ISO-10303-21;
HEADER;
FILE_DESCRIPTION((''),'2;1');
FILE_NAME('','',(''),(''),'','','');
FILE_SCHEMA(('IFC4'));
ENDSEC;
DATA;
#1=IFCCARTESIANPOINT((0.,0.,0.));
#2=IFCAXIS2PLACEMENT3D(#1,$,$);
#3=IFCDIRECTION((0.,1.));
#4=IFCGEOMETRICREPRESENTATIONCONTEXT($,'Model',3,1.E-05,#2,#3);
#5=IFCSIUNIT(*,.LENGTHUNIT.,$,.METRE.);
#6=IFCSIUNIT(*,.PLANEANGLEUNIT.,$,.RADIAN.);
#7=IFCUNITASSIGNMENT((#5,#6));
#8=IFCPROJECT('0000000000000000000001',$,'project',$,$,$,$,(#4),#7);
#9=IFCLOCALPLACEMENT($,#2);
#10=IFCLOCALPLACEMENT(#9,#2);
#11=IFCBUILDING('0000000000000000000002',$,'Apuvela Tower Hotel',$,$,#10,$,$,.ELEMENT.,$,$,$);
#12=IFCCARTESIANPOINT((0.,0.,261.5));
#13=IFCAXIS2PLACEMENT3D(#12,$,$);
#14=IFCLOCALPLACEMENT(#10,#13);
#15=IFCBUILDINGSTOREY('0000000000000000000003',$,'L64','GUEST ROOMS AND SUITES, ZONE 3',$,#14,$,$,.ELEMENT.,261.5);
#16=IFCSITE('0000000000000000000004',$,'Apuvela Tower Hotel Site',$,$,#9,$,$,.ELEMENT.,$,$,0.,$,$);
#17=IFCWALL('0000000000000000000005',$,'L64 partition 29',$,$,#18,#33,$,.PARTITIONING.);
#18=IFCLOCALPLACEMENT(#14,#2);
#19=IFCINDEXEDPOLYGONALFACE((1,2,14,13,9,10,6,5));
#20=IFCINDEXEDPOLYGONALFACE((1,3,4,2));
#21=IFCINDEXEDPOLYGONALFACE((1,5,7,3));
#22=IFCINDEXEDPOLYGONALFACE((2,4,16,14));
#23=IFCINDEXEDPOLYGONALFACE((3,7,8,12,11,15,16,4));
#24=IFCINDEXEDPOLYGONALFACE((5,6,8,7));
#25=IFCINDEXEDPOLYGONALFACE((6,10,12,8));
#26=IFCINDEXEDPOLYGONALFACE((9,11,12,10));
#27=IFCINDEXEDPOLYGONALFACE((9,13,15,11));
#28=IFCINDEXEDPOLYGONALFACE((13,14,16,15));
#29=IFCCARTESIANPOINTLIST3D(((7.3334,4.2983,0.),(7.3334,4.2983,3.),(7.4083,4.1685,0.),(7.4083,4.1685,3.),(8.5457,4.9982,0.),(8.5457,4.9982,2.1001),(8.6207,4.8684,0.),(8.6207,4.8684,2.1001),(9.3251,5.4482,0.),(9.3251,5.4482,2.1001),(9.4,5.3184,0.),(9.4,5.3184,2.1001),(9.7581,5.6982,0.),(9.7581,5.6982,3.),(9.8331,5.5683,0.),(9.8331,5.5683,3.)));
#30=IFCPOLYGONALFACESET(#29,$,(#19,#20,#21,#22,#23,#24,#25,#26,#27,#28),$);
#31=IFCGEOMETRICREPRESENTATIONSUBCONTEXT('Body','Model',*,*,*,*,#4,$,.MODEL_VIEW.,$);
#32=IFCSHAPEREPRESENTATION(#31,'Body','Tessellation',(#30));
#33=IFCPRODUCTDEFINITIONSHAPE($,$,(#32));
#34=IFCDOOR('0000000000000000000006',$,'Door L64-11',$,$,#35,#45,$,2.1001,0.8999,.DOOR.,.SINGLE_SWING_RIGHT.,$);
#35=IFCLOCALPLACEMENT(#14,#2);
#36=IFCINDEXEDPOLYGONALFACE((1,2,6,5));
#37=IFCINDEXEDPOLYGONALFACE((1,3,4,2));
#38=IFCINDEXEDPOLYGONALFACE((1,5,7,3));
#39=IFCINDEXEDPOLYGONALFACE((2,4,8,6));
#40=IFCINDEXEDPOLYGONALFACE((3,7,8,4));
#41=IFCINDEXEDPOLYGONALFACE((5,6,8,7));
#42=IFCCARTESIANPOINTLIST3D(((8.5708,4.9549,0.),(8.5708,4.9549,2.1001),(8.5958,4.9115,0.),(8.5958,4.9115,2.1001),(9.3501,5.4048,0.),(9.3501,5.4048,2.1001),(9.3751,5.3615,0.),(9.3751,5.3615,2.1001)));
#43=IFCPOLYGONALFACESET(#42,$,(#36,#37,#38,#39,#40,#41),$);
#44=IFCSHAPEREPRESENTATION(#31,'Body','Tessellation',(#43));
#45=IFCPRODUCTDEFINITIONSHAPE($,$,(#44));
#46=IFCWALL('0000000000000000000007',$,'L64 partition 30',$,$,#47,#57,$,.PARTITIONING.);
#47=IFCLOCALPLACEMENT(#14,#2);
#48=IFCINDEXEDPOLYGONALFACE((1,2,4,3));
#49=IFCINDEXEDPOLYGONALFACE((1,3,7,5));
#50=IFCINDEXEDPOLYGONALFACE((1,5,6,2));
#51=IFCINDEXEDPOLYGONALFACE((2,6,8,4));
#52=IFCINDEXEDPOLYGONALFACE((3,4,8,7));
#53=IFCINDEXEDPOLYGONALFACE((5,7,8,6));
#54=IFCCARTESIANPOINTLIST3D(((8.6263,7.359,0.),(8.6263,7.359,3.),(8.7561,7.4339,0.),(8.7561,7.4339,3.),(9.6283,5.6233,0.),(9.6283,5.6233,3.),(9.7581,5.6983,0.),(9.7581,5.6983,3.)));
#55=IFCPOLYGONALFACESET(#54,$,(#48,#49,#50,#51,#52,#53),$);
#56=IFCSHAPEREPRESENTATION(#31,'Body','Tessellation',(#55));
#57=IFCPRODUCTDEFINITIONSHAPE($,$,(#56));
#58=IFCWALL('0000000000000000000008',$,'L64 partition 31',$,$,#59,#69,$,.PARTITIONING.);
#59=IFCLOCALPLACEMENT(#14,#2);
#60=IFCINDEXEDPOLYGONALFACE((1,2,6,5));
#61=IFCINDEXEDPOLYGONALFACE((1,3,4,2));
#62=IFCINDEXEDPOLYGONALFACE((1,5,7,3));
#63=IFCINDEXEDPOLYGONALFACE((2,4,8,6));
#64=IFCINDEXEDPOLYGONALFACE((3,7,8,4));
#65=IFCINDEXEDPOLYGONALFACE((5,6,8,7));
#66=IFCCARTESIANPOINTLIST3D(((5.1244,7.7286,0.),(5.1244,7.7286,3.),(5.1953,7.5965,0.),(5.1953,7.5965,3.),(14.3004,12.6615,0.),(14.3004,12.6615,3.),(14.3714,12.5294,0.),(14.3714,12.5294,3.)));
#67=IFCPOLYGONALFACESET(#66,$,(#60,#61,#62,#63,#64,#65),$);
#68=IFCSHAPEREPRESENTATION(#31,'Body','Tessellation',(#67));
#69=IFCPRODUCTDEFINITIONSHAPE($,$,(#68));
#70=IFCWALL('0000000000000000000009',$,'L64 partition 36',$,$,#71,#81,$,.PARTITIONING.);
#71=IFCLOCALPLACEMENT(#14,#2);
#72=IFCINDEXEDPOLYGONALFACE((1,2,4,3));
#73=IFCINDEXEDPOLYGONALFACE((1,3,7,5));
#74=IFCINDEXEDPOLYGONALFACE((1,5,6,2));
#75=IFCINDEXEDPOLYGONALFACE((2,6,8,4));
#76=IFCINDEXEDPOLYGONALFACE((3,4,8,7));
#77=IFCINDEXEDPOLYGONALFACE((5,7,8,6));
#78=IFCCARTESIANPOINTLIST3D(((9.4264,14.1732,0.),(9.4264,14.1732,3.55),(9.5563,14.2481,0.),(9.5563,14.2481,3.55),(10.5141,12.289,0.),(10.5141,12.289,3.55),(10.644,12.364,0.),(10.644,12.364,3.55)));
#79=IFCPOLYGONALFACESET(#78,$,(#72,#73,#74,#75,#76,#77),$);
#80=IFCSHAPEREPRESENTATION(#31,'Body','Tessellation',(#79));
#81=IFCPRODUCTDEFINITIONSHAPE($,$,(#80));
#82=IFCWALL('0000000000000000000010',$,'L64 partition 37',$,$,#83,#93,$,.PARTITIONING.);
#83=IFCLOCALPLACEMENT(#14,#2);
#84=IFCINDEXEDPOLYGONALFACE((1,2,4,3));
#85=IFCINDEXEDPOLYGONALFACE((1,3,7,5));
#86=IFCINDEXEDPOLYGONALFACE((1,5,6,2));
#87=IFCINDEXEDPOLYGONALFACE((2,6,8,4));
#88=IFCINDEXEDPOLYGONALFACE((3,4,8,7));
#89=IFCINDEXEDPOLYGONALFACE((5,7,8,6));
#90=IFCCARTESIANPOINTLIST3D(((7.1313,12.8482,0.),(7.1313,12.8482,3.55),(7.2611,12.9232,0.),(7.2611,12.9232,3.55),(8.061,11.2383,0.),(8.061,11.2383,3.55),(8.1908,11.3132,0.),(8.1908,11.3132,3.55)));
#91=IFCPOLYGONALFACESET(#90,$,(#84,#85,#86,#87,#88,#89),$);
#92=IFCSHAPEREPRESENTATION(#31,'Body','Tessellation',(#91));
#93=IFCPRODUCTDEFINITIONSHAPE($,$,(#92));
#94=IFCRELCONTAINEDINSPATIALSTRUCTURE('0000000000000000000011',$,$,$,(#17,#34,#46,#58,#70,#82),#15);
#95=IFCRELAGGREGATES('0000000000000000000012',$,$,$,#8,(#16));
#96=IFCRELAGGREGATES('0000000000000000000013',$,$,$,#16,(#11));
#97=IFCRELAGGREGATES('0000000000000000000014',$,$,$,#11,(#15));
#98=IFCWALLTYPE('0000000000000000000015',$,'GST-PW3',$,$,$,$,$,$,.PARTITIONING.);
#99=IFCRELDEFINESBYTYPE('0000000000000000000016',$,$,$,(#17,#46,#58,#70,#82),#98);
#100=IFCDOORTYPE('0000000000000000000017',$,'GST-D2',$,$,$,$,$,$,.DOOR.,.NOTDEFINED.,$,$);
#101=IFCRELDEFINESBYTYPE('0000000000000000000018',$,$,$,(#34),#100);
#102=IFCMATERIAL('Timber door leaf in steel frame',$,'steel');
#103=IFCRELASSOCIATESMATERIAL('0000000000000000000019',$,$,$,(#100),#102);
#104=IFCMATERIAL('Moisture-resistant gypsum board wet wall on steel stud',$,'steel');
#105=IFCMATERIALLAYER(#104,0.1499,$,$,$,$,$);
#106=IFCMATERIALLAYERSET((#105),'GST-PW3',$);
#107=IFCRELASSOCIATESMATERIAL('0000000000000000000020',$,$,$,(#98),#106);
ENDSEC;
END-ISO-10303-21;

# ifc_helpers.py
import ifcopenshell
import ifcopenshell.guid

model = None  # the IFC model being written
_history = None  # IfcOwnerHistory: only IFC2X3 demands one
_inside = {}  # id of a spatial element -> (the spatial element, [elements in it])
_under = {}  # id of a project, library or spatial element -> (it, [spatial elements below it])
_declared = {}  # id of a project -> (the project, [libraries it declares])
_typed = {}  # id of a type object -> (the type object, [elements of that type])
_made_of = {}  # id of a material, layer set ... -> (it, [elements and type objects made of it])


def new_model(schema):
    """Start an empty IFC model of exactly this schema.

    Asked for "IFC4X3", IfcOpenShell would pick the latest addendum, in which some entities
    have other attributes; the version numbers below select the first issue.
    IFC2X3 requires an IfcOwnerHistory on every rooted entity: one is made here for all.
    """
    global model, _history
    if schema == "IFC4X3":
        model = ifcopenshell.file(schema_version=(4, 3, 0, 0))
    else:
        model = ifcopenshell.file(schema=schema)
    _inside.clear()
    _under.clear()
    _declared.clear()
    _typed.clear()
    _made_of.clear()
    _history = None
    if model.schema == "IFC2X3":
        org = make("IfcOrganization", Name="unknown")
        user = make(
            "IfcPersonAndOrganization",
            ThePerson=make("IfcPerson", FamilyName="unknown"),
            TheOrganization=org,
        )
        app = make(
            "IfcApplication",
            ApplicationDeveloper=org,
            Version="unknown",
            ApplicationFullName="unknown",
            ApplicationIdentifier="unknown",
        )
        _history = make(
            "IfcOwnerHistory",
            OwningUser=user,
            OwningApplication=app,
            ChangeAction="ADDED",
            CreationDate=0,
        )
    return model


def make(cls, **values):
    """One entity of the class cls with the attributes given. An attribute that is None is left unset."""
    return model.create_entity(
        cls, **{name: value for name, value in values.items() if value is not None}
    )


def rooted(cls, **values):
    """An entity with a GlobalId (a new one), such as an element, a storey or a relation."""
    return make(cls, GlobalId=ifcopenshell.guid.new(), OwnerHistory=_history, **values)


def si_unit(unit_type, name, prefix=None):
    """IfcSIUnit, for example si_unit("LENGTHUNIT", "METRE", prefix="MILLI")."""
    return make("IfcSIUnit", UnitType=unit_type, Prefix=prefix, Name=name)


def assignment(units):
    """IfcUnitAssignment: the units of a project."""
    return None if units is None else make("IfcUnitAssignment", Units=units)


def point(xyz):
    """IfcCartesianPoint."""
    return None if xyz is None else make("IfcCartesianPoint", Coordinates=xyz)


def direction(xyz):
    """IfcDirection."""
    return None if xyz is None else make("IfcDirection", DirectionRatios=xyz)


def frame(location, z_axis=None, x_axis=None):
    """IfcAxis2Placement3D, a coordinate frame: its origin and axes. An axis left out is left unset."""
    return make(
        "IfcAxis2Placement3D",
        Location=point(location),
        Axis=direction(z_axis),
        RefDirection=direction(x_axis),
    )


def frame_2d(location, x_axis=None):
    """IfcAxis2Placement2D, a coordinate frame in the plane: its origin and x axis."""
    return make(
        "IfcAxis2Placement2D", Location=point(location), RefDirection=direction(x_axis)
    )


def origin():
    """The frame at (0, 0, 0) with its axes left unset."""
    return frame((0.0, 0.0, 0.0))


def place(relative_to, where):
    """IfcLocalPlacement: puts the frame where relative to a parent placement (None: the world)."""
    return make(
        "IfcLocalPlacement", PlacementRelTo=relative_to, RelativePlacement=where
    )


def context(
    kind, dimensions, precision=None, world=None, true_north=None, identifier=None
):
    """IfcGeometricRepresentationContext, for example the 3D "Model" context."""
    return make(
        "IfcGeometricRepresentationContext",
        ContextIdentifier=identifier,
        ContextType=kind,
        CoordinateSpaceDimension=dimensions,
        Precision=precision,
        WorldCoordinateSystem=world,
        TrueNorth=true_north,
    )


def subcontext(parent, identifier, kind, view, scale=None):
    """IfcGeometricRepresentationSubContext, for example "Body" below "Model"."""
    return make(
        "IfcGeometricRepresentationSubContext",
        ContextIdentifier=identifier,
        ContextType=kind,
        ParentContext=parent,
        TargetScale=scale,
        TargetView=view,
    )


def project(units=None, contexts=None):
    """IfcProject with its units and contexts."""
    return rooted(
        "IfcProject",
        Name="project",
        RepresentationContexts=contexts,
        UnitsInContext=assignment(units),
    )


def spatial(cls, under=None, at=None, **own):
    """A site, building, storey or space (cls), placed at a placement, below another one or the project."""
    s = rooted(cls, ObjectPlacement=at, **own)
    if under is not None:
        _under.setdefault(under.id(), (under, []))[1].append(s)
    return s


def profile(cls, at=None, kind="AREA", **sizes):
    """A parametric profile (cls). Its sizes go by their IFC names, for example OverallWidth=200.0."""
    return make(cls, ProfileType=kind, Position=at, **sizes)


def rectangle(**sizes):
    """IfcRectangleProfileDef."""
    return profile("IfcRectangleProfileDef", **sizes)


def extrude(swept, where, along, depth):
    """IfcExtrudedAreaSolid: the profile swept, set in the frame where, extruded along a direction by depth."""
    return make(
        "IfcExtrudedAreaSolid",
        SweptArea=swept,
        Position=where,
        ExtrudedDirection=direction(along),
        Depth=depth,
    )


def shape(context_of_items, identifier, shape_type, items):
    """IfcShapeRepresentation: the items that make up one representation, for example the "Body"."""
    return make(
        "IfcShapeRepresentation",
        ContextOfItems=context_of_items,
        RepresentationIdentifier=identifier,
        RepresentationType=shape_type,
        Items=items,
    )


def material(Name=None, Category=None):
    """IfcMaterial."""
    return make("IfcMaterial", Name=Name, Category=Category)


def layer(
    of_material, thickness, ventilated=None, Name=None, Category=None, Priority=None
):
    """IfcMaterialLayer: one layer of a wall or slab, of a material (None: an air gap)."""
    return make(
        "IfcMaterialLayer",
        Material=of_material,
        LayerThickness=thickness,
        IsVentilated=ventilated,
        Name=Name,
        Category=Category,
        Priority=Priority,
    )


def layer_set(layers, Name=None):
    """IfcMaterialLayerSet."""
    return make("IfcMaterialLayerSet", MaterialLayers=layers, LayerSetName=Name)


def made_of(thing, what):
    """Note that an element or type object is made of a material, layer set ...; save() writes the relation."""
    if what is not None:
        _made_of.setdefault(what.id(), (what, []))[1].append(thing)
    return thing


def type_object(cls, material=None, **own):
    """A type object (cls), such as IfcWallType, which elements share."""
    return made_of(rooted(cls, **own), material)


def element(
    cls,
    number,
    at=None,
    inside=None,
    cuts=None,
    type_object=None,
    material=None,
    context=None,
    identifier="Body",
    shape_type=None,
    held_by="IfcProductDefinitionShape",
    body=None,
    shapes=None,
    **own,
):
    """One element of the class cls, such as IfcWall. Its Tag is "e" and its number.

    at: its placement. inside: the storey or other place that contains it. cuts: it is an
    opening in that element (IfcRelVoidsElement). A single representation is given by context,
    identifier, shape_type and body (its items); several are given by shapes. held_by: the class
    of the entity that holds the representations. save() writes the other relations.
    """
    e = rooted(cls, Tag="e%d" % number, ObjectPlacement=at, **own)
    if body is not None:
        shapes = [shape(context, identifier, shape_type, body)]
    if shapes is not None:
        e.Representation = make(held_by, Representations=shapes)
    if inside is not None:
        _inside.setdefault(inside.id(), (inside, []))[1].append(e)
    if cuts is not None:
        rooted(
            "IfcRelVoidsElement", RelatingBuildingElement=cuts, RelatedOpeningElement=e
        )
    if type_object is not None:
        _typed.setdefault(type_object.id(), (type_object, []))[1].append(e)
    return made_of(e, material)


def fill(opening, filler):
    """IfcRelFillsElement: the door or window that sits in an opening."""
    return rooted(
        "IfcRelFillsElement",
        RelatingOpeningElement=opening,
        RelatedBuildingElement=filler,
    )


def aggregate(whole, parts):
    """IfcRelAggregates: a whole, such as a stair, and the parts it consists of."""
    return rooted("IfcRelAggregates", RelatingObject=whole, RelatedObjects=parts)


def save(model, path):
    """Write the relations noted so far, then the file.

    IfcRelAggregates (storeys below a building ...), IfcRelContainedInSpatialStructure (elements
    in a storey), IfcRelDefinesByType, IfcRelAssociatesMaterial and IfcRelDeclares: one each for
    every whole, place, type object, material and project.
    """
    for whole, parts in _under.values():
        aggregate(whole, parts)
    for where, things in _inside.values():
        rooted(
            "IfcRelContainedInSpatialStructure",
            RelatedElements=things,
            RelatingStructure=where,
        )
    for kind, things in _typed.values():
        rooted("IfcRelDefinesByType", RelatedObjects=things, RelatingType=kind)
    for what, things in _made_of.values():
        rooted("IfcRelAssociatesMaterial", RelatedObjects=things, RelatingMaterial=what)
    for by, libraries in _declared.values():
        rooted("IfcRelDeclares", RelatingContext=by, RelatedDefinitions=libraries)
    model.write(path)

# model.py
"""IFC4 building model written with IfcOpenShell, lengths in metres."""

from ifc_helpers import new_model, si_unit, direction, frame, frame_2d, origin, place, context, subcontext, project, spatial, rectangle, extrude, material, layer, layer_set, type_object, element, fill, save


model = new_model("IFC4")

# Units and contexts
model_context = context("Model", 3, precision=1e-05, world=origin(), true_north=direction((0.0, 1.0)))
body_context = subcontext(model_context, "Body", "Model", "MODEL_VIEW")
ifc_project = project(units=[si_unit("LENGTHUNIT", "METRE"), si_unit("PLANEANGLEUNIT", "RADIAN")], contexts=[model_context])

# Site, building, storey
site_placement = place(None, origin())
site = spatial("IfcSite", under=ifc_project, at=site_placement, Name="Apuvela Tower Hotel Site", CompositionType="ELEMENT", RefElevation=0.0)
building_placement = place(site_placement, origin())
building = spatial("IfcBuilding", under=site, at=building_placement, Name="Apuvela Tower Hotel", CompositionType="ELEMENT")
storey_placement = place(building_placement, frame((0.0, 0.0, 261.5)))
storey = spatial("IfcBuildingStorey", under=building, at=storey_placement, Name="L64", Description="GUEST ROOMS AND SUITES, ZONE 3", CompositionType="ELEMENT", Elevation=261.5)

# Shared definitions
ifc_material_1 = material(Name="Timber door leaf in steel frame", Category="steel")
door_type_1 = type_object("IfcDoorType", Name="GST-D2", OperationType="NOTDEFINED", PredefinedType="DOOR", material=ifc_material_1)
ifc_material_2 = material(Name="Moisture-resistant gypsum board wet wall on steel stud", Category="steel")
ifc_layer_1 = layer(ifc_material_2, 0.1499)
ifc_layer_set_1 = layer_set([ifc_layer_1], Name="GST-PW3")
wall_type_1 = type_object("IfcWallType", Name="GST-PW3", PredefinedType="PARTITIONING", material=ifc_layer_set_1)

# Wall, opening, door
wall_1_placement = place(storey_placement, frame((7.3708, 4.2334, 0.0), z_axis=(0.0, 0.0, 1.0), x_axis=(0.866035, 0.499984, 0.0)))
wall_1 = element("IfcWall", 1, at=wall_1_placement, inside=storey, type_object=wall_type_1, Name="L64 partition 29", PredefinedType="PARTITIONING", context=body_context, shape_type="SweptSolid", body=[
    extrude(rectangle(XDim=2.7998, YDim=0.1499, at=frame_2d((1.3999, 0.0))), origin(), (0.0, 0.0, 1.0), 3.0),
])
opening_1_placement = place(wall_1_placement, frame((1.3999, 0.0, 0.0)))
opening_1 = element("IfcOpeningElement", 2, at=opening_1_placement, cuts=wall_1, PredefinedType="OPENING", context=body_context, shape_type="SweptSolid", body=[
    extrude(rectangle(XDim=0.8999, YDim=2.1001, at=frame_2d((0.45, 1.05))), frame((0.0, 0.085, 0.0), z_axis=(0.0, -1.0, 0.0), x_axis=(1.0, 0.0, 0.0)), (0.0, 0.0, 1.0), 0.1699),
])
door_1_placement = place(opening_1_placement, origin())
door_1 = element("IfcDoor", 3, at=door_1_placement, inside=storey, type_object=door_type_1, Name="Door L64-11", OperationType="SINGLE_SWING_RIGHT", OverallHeight=2.1001, OverallWidth=0.8999, PredefinedType="DOOR", context=body_context, shape_type="SweptSolid", body=[
    extrude(rectangle(XDim=0.8999, YDim=2.1001, at=frame_2d((0.45, 1.05))), frame((0.0, 0.0249, 0.0), z_axis=(0.0, -1.0, 0.0), x_axis=(1.0, 0.0, 0.0)), (0.0, 0.0, 1.0), 0.05),
])
fill(opening_1, door_1)

# Walls
wall_2_placement = place(storey_placement, frame((9.6931, 5.6609, 0.0), z_axis=(0.0, 0.0, 1.0), x_axis=(-0.499965, 0.866046, 0.0)))
element("IfcWall", 4, at=wall_2_placement, inside=storey, type_object=wall_type_1, Name="L64 partition 30", PredefinedType="PARTITIONING", context=body_context, shape_type="SweptSolid", body=[
    extrude(rectangle(XDim=2.0042, YDim=0.1499, at=frame_2d((1.002, 0.0))), origin(), (0.0, 0.0, 1.0), 3.0),
])
wall_3_placement = place(storey_placement, frame((14.3359, 12.5955, 0.0), z_axis=(0.0, 0.0, 1.0), x_axis=(-0.880794, -0.473499, 0.0)))
element("IfcWall", 5, at=wall_3_placement, inside=storey, type_object=wall_type_1, Name="L64 partition 31", PredefinedType="PARTITIONING", context=body_context, shape_type="SweptSolid", body=[
    extrude(rectangle(XDim=10.418, YDim=0.1499, at=frame_2d((5.209, 0.0))), origin(), (0.0, 0.0, 1.0), 3.0),
])
wall_4_placement = place(storey_placement, frame((10.5791, 12.3264, 0.0), z_axis=(0.0, 0.0, 1.0), x_axis=(-0.499965, 0.866045, 0.0)))
element("IfcWall", 6, at=wall_4_placement, inside=storey, type_object=wall_type_1, Name="L64 partition 36", PredefinedType="PARTITIONING", context=body_context, shape_type="SweptSolid", body=[
    extrude(rectangle(XDim=2.1755, YDim=0.1499, at=frame_2d((1.0879, 0.0))), origin(), (0.0, 0.0, 1.0), 3.55),
])
wall_5_placement = place(storey_placement, frame((8.126, 11.2756, 0.0), z_axis=(0.0, 0.0, 1.0), x_axis=(-0.500094, 0.865971, 0.0)))
element("IfcWall", 7, at=wall_5_placement, inside=storey, type_object=wall_type_1, Name="L64 partition 37", PredefinedType="PARTITIONING", context=body_context, shape_type="SweptSolid", body=[
    extrude(rectangle(XDim=1.8591, YDim=0.1499, at=frame_2d((0.9297, 0.0))), origin(), (0.0, 0.0, 1.0), 3.55),
])

save(model, "model.ifc")
